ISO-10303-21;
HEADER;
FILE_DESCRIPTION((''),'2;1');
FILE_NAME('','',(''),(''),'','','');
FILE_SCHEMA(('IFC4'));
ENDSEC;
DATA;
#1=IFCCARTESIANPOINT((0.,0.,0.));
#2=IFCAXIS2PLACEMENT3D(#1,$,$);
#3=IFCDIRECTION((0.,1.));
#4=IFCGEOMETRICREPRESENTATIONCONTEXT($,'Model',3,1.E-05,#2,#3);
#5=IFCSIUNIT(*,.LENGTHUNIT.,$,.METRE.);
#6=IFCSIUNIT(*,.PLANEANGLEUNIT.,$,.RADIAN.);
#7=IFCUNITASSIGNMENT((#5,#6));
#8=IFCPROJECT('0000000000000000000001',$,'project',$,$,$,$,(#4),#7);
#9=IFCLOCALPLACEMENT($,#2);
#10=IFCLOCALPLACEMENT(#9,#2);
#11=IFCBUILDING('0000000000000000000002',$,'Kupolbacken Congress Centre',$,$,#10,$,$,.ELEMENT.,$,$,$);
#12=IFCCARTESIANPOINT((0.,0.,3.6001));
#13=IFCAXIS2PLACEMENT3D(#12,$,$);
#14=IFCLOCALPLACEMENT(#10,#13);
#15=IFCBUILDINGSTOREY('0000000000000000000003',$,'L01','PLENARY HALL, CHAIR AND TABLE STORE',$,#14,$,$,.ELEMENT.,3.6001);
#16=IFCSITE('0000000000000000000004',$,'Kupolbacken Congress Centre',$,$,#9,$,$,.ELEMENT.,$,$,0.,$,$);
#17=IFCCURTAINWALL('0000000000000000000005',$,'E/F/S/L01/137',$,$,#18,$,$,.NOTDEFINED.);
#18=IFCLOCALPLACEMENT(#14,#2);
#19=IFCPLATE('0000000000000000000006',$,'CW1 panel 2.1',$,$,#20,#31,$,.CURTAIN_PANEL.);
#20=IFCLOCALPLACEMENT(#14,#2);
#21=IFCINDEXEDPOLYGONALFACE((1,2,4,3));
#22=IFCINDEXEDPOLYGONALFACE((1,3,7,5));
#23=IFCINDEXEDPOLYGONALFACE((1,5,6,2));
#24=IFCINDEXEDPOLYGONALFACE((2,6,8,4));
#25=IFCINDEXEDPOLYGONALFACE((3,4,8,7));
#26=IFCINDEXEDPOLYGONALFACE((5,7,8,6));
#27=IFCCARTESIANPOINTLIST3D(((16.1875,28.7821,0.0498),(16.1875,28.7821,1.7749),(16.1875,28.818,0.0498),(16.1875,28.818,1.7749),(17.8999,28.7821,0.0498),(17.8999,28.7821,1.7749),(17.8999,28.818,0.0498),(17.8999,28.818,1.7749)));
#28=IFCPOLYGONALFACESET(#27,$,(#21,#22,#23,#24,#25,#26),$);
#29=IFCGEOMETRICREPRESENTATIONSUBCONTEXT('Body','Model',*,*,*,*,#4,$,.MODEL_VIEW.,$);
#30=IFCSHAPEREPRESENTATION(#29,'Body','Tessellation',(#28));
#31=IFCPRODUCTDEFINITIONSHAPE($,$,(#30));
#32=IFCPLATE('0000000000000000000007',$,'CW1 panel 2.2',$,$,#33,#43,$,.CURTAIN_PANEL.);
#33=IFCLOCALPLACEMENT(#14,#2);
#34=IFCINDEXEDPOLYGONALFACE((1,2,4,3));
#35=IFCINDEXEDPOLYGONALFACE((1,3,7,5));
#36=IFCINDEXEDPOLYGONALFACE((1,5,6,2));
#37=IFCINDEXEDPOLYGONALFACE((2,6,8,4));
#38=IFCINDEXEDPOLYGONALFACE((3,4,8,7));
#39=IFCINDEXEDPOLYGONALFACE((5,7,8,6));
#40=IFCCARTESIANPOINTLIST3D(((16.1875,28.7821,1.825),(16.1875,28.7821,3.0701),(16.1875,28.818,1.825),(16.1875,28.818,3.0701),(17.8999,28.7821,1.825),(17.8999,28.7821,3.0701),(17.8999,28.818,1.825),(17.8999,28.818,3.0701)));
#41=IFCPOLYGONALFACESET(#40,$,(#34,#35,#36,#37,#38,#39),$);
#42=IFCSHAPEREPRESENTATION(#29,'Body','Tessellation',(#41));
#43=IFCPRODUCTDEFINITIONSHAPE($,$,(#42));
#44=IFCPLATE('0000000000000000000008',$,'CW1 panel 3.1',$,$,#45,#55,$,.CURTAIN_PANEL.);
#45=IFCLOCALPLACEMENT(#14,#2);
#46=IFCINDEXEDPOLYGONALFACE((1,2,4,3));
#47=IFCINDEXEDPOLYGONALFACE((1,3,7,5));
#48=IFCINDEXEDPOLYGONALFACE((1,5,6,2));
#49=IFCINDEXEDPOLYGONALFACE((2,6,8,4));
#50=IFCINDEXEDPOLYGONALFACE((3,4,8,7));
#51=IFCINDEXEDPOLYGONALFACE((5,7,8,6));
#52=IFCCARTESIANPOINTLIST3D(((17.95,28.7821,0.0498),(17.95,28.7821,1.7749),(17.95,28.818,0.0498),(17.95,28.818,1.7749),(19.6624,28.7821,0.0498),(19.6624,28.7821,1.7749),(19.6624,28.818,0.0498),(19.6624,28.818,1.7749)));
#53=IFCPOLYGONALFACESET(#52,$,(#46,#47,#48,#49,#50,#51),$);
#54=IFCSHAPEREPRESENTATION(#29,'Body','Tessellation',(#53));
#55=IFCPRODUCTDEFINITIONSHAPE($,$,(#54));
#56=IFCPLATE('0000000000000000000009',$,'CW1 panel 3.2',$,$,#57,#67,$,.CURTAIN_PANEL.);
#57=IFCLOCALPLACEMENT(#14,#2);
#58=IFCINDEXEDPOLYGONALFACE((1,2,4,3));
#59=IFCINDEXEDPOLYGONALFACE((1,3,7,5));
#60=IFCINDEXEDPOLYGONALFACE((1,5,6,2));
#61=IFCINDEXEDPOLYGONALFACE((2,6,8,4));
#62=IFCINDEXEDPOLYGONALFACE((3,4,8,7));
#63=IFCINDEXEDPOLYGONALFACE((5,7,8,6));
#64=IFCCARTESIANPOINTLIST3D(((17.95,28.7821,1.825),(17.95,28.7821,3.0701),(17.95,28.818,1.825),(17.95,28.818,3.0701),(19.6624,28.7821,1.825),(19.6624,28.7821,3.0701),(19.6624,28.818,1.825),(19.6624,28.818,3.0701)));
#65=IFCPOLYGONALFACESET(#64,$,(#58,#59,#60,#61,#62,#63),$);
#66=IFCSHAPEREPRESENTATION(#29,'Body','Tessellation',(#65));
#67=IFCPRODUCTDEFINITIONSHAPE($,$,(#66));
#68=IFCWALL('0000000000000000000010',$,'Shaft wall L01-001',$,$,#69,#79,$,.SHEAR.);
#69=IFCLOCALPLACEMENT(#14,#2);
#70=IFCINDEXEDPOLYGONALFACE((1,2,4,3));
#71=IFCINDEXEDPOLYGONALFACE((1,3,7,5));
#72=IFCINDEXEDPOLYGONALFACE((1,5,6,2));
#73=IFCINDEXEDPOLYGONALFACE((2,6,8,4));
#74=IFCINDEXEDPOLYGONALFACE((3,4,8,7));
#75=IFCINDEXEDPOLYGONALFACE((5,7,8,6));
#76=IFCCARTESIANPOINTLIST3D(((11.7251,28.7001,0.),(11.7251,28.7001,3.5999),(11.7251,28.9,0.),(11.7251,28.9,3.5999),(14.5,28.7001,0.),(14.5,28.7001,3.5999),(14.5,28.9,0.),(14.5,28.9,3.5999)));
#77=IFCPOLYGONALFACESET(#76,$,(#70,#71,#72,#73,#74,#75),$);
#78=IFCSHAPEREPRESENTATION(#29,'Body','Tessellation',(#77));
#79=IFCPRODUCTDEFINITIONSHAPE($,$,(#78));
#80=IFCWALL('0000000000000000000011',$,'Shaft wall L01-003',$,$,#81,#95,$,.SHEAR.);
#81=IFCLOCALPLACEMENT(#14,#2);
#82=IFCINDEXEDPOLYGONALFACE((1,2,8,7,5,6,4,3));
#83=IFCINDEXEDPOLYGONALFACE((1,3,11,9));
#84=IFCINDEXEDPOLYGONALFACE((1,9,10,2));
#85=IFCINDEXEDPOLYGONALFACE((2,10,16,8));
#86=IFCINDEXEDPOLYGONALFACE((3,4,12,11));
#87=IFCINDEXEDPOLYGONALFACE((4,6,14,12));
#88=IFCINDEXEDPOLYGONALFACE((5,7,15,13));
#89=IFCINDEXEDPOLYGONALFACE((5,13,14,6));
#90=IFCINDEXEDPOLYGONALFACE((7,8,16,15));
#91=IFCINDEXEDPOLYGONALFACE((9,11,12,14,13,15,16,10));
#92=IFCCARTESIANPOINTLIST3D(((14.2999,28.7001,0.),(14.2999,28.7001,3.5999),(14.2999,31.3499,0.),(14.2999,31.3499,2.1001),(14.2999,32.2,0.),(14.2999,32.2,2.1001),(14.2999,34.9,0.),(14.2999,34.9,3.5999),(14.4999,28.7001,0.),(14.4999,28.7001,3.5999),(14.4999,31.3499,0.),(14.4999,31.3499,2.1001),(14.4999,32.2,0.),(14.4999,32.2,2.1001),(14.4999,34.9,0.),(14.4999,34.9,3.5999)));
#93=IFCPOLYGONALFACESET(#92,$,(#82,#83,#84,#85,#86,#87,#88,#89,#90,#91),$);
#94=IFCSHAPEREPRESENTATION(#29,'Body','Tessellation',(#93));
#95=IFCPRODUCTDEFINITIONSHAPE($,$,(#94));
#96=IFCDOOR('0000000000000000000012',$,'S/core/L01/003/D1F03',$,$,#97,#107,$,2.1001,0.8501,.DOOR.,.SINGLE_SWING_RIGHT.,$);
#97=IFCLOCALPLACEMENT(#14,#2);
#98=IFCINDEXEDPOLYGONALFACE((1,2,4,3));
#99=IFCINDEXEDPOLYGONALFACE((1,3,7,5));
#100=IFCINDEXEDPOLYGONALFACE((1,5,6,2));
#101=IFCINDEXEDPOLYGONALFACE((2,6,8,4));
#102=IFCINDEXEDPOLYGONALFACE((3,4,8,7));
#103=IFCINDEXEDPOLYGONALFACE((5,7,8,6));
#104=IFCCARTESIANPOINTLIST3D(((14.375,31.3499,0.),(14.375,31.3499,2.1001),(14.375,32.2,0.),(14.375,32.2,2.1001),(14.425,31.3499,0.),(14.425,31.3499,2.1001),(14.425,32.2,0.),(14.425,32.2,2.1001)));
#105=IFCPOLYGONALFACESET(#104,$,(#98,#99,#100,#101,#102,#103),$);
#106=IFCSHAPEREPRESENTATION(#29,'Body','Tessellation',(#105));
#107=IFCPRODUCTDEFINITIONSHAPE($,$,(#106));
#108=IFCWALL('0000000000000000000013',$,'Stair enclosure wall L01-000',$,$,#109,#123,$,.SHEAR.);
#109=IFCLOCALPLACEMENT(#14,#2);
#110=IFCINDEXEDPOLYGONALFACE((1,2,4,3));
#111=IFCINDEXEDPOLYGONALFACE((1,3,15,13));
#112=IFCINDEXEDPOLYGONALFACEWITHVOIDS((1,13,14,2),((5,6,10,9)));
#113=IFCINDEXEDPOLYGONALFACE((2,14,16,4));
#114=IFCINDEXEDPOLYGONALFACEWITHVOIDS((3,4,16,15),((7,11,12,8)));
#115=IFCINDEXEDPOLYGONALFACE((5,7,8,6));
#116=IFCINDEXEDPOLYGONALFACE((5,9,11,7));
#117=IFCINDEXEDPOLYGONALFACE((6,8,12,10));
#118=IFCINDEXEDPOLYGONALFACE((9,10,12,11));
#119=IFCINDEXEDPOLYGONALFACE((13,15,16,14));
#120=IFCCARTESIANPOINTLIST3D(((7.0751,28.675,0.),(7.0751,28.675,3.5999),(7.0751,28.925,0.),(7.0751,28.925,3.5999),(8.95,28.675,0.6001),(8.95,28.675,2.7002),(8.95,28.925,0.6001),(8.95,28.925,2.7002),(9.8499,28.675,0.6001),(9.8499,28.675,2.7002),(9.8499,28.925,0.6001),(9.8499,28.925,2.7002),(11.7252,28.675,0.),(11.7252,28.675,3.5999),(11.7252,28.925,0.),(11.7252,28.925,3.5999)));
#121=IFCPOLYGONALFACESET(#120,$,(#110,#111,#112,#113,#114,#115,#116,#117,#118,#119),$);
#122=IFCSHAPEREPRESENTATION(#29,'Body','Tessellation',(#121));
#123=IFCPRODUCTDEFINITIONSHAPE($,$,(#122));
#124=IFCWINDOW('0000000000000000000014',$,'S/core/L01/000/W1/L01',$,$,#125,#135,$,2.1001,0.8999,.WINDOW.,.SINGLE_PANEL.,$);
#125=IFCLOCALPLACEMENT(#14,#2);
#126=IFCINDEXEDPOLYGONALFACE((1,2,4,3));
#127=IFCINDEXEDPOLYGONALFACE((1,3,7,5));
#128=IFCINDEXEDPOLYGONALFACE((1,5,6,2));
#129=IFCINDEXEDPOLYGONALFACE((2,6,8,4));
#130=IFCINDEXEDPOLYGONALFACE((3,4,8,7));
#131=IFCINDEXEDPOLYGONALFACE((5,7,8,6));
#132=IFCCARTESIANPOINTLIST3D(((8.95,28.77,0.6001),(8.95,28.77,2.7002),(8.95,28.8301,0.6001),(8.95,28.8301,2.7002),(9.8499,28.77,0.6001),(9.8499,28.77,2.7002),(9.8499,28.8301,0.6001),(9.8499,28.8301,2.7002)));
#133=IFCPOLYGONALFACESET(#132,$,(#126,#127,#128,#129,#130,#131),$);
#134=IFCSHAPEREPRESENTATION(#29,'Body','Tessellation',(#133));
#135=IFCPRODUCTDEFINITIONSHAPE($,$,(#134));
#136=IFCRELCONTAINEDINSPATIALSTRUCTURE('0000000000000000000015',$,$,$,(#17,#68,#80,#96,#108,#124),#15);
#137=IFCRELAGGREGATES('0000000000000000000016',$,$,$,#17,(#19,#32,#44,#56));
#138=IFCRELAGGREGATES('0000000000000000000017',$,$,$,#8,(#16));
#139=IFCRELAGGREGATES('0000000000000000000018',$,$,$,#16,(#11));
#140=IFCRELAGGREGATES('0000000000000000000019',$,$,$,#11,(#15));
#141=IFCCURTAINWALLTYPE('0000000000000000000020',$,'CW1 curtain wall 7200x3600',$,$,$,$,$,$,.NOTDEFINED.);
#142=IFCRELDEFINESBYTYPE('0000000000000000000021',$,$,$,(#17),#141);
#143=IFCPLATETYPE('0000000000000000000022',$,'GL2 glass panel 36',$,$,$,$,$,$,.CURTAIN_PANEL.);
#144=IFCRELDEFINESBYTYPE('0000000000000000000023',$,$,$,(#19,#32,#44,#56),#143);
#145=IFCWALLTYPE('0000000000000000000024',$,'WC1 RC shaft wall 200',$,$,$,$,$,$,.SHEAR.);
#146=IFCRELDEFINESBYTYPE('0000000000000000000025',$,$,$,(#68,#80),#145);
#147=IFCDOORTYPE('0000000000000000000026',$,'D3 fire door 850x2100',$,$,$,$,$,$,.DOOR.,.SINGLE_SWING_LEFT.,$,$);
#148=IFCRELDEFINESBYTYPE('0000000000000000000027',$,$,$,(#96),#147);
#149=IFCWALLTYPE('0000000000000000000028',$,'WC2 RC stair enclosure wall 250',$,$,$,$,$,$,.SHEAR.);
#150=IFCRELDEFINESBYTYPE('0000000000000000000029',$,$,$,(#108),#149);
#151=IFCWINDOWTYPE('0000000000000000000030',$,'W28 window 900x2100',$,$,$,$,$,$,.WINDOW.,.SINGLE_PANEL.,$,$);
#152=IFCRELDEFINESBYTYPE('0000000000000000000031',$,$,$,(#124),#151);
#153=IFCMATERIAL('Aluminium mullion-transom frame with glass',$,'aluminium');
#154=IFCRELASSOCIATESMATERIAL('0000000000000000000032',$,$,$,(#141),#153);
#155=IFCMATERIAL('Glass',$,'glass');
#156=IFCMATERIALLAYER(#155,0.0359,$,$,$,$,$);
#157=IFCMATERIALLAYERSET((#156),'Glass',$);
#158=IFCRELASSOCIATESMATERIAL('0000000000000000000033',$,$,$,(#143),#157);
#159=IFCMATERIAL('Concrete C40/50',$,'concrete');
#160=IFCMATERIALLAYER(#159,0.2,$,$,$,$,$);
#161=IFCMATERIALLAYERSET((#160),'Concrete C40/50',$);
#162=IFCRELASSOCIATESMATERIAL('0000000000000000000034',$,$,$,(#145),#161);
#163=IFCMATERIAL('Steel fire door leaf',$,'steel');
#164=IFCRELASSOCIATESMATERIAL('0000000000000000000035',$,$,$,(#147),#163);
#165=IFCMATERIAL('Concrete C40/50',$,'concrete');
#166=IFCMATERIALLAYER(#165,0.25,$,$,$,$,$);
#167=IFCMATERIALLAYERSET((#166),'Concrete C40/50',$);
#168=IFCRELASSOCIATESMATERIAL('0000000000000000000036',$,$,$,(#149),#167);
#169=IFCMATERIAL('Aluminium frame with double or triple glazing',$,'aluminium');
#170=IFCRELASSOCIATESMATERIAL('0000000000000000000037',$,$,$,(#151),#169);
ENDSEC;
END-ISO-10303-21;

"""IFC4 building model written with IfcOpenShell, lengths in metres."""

from ifc_helpers import new_model, si_unit, direction, frame, frame_2d, origin, origin_2d, place, context, subcontext, project, spatial, rectangle, extrude, material, layer, layer_set, type_object, element, fill, aggregate, save


model = new_model("IFC4")

# Units and contexts
model_context = context("Model", 3, precision=1e-05, world=origin(), true_north=direction((0.0, 1.0)))
body_context = subcontext(model_context, "Body", "Model", "MODEL_VIEW")
ifc_project = project(units=[si_unit("LENGTHUNIT", "METRE"), si_unit("PLANEANGLEUNIT", "RADIAN")], contexts=[model_context])

# Site, building, storey
site_placement = place(None, origin())
site = spatial("IfcSite", under=ifc_project, at=site_placement, Name="Kupolbacken Congress Centre", CompositionType="ELEMENT", RefElevation=0.0)
building_placement = place(site_placement, origin())
building = spatial("IfcBuilding", under=site, at=building_placement, Name="Kupolbacken Congress Centre", CompositionType="ELEMENT")
storey_placement = place(building_placement, frame((0.0, 0.0, 3.6001)))
storey = spatial("IfcBuildingStorey", under=building, at=storey_placement, Name="L01", Description="PLENARY HALL, CHAIR AND TABLE STORE", CompositionType="ELEMENT", Elevation=3.6001)

# Curtain wall, plates
ifc_material_1 = material(Name="Aluminium mullion-transom frame with glass", Category="aluminium")
curtain_wall_type = type_object("IfcCurtainWallType", Name="CW1 curtain wall 7200x3600", PredefinedType="NOTDEFINED", material=ifc_material_1)
curtain_wall_placement = place(storey_placement, origin())
curtain_wall = element("IfcCurtainWall", 1, at=curtain_wall_placement, inside=storey, type_object=curtain_wall_type, Name="E/F/S/L01/137", PredefinedType="NOTDEFINED")
ifc_material_2 = material(Name="Glass", Category="glass")
ifc_layer_1 = layer(ifc_material_2, 0.0359)
ifc_layer_set_1 = layer_set([ifc_layer_1], Name="Glass")
plate_type = type_object("IfcPlateType", Name="GL2 glass panel 36", PredefinedType="CURTAIN_PANEL", material=ifc_layer_set_1)
plate_1_placement = place(storey_placement, frame((17.0437, 28.8, 0.0498), z_axis=(0.0, 0.0, 1.0), x_axis=(1.0, 0.0, 0.0)))
plate_1 = element("IfcPlate", 2, at=plate_1_placement, type_object=plate_type, Name="CW1 panel 2.1", PredefinedType="CURTAIN_PANEL", context=body_context, shape_type="SweptSolid", body=[
    extrude(rectangle(XDim=1.7124, YDim=0.0359, at=origin_2d()), origin(), (0.0, 0.0, 1.0), 1.7251),
])
plate_2_placement = place(storey_placement, frame((17.0437, 28.8, 1.825), z_axis=(0.0, 0.0, 1.0), x_axis=(1.0, 0.0, 0.0)))
plate_2 = element("IfcPlate", 3, at=plate_2_placement, type_object=plate_type, Name="CW1 panel 2.2", PredefinedType="CURTAIN_PANEL", context=body_context, shape_type="SweptSolid", body=[
    extrude(rectangle(XDim=1.7124, YDim=0.0359, at=origin_2d()), origin(), (0.0, 0.0, 1.0), 1.2451),
])
plate_3_placement = place(storey_placement, frame((18.8062, 28.8, 0.0498), z_axis=(0.0, 0.0, 1.0), x_axis=(1.0, 0.0, 0.0)))
plate_3 = element("IfcPlate", 4, at=plate_3_placement, type_object=plate_type, Name="CW1 panel 3.1", PredefinedType="CURTAIN_PANEL", context=body_context, shape_type="SweptSolid", body=[
    extrude(rectangle(XDim=1.7124, YDim=0.0359, at=origin_2d()), origin(), (0.0, 0.0, 1.0), 1.7251),
])
plate_4_placement = place(storey_placement, frame((18.8062, 28.8, 1.825), z_axis=(0.0, 0.0, 1.0), x_axis=(1.0, 0.0, 0.0)))
plate_4 = element("IfcPlate", 5, at=plate_4_placement, type_object=plate_type, Name="CW1 panel 3.2", PredefinedType="CURTAIN_PANEL", context=body_context, shape_type="SweptSolid", body=[
    extrude(rectangle(XDim=1.7124, YDim=0.0359, at=origin_2d()), origin(), (0.0, 0.0, 1.0), 1.2451),
])
aggregate(curtain_wall, [plate_1, plate_2, plate_3, plate_4])

# Wall
ifc_material_3 = material(Name="Concrete C40/50", Category="concrete")
ifc_layer_2 = layer(ifc_material_3, 0.2)
ifc_layer_set_2 = layer_set([ifc_layer_2], Name="Concrete C40/50")
wall_type_1 = type_object("IfcWallType", Name="WC1 RC shaft wall 200", PredefinedType="SHEAR", material=ifc_layer_set_2)
wall_1_placement = place(storey_placement, frame((11.7251, 28.8, 0.0), z_axis=(0.0, 0.0, 1.0), x_axis=(1.0, 0.0, 0.0)))
element("IfcWall", 6, at=wall_1_placement, inside=storey, type_object=wall_type_1, Name="Shaft wall L01-001", PredefinedType="SHEAR", context=body_context, shape_type="SweptSolid", body=[
    extrude(rectangle(XDim=2.7749, YDim=0.2, at=frame_2d((1.3875, 0.0))), origin(), (0.0, 0.0, 1.0), 3.5999),
])

# Wall, opening, door
wall_2_placement = place(storey_placement, frame((14.3999, 28.7, 0.0), z_axis=(0.0, 0.0, 1.0), x_axis=(0.0, 1.0, 0.0)))
wall_2 = element("IfcWall", 7, at=wall_2_placement, inside=storey, type_object=wall_type_1, Name="Shaft wall L01-003", PredefinedType="SHEAR", context=body_context, shape_type="SweptSolid", body=[
    extrude(rectangle(XDim=6.2, YDim=0.2, at=frame_2d((3.1001, 0.0))), origin(), (0.0, 0.0, 1.0), 3.5999),
])
opening_1_placement = place(wall_2_placement, frame((2.6499, 0.0, 0.0)))
opening_1 = element("IfcOpeningElement", 8, at=opening_1_placement, cuts=wall_2, PredefinedType="OPENING", context=body_context, shape_type="SweptSolid", body=[
    extrude(rectangle(XDim=0.8501, YDim=2.1001, at=frame_2d((0.425, 1.05))), frame((0.0, 0.1099, 0.0), z_axis=(0.0, -1.0, 0.0), x_axis=(1.0, 0.0, 0.0)), (0.0, 0.0, 1.0), 0.22),
])
ifc_material_4 = material(Name="Steel fire door leaf", Category="steel")
door_type = type_object("IfcDoorType", Name="D3 fire door 850x2100", OperationType="SINGLE_SWING_LEFT", PredefinedType="DOOR", material=ifc_material_4)
door_placement = place(opening_1_placement, origin())
door = element("IfcDoor", 9, at=door_placement, inside=storey, type_object=door_type, Name="S/core/L01/003/D1F03", OperationType="SINGLE_SWING_RIGHT", OverallHeight=2.1001, OverallWidth=0.8501, PredefinedType="DOOR", context=body_context, shape_type="SweptSolid", body=[
    extrude(rectangle(XDim=0.8501, YDim=2.1001, at=frame_2d((0.425, 1.05))), frame((0.0, 0.0249, 0.0), z_axis=(0.0, -1.0, 0.0), x_axis=(1.0, 0.0, 0.0)), (0.0, 0.0, 1.0), 0.05),
])
fill(opening_1, door)

# Wall, opening, window
ifc_material_5 = material(Name="Concrete C40/50", Category="concrete")
ifc_layer_3 = layer(ifc_material_5, 0.25)
ifc_layer_set_3 = layer_set([ifc_layer_3], Name="Concrete C40/50")
wall_type_2 = type_object("IfcWallType", Name="WC2 RC stair enclosure wall 250", PredefinedType="SHEAR", material=ifc_layer_set_3)
wall_3_placement = place(storey_placement, frame((7.075, 28.8, 0.0), z_axis=(0.0, 0.0, 1.0), x_axis=(1.0, 0.0, 0.0)))
wall_3 = element("IfcWall", 10, at=wall_3_placement, inside=storey, type_object=wall_type_2, Name="Stair enclosure wall L01-000", PredefinedType="SHEAR", context=body_context, shape_type="SweptSolid", body=[
    extrude(rectangle(XDim=4.6501, YDim=0.25, at=frame_2d((2.3252, 0.0))), origin(), (0.0, 0.0, 1.0), 3.5999),
])
opening_2_placement = place(wall_3_placement, frame((1.875, 0.0, 0.6001)))
opening_2 = element("IfcOpeningElement", 11, at=opening_2_placement, cuts=wall_3, PredefinedType="OPENING", context=body_context, shape_type="SweptSolid", body=[
    extrude(rectangle(XDim=0.8999, YDim=2.1001, at=frame_2d((0.45, 1.05))), frame((0.0, 0.135, 0.0), z_axis=(0.0, -1.0, 0.0), x_axis=(1.0, 0.0, 0.0)), (0.0, 0.0, 1.0), 0.27),
])
ifc_material_6 = material(Name="Aluminium frame with double or triple glazing", Category="aluminium")
window_type = type_object("IfcWindowType", Name="W28 window 900x2100", PartitioningType="SINGLE_PANEL", PredefinedType="WINDOW", material=ifc_material_6)
window_placement = place(opening_2_placement, origin())
window = element("IfcWindow", 12, at=window_placement, inside=storey, type_object=window_type, Name="S/core/L01/000/W1/L01", OverallHeight=2.1001, OverallWidth=0.8999, PartitioningType="SINGLE_PANEL", PredefinedType="WINDOW", context=body_context, shape_type="SweptSolid", body=[
    extrude(rectangle(XDim=0.8999, YDim=2.1001, at=frame_2d((0.45, 1.05))), frame((0.0, 0.03, 0.0), z_axis=(0.0, -1.0, 0.0), x_axis=(1.0, 0.0, 0.0)), (0.0, 0.0, 1.0), 0.0601),
])
fill(opening_2, window)

save(model, "model.ifc")
